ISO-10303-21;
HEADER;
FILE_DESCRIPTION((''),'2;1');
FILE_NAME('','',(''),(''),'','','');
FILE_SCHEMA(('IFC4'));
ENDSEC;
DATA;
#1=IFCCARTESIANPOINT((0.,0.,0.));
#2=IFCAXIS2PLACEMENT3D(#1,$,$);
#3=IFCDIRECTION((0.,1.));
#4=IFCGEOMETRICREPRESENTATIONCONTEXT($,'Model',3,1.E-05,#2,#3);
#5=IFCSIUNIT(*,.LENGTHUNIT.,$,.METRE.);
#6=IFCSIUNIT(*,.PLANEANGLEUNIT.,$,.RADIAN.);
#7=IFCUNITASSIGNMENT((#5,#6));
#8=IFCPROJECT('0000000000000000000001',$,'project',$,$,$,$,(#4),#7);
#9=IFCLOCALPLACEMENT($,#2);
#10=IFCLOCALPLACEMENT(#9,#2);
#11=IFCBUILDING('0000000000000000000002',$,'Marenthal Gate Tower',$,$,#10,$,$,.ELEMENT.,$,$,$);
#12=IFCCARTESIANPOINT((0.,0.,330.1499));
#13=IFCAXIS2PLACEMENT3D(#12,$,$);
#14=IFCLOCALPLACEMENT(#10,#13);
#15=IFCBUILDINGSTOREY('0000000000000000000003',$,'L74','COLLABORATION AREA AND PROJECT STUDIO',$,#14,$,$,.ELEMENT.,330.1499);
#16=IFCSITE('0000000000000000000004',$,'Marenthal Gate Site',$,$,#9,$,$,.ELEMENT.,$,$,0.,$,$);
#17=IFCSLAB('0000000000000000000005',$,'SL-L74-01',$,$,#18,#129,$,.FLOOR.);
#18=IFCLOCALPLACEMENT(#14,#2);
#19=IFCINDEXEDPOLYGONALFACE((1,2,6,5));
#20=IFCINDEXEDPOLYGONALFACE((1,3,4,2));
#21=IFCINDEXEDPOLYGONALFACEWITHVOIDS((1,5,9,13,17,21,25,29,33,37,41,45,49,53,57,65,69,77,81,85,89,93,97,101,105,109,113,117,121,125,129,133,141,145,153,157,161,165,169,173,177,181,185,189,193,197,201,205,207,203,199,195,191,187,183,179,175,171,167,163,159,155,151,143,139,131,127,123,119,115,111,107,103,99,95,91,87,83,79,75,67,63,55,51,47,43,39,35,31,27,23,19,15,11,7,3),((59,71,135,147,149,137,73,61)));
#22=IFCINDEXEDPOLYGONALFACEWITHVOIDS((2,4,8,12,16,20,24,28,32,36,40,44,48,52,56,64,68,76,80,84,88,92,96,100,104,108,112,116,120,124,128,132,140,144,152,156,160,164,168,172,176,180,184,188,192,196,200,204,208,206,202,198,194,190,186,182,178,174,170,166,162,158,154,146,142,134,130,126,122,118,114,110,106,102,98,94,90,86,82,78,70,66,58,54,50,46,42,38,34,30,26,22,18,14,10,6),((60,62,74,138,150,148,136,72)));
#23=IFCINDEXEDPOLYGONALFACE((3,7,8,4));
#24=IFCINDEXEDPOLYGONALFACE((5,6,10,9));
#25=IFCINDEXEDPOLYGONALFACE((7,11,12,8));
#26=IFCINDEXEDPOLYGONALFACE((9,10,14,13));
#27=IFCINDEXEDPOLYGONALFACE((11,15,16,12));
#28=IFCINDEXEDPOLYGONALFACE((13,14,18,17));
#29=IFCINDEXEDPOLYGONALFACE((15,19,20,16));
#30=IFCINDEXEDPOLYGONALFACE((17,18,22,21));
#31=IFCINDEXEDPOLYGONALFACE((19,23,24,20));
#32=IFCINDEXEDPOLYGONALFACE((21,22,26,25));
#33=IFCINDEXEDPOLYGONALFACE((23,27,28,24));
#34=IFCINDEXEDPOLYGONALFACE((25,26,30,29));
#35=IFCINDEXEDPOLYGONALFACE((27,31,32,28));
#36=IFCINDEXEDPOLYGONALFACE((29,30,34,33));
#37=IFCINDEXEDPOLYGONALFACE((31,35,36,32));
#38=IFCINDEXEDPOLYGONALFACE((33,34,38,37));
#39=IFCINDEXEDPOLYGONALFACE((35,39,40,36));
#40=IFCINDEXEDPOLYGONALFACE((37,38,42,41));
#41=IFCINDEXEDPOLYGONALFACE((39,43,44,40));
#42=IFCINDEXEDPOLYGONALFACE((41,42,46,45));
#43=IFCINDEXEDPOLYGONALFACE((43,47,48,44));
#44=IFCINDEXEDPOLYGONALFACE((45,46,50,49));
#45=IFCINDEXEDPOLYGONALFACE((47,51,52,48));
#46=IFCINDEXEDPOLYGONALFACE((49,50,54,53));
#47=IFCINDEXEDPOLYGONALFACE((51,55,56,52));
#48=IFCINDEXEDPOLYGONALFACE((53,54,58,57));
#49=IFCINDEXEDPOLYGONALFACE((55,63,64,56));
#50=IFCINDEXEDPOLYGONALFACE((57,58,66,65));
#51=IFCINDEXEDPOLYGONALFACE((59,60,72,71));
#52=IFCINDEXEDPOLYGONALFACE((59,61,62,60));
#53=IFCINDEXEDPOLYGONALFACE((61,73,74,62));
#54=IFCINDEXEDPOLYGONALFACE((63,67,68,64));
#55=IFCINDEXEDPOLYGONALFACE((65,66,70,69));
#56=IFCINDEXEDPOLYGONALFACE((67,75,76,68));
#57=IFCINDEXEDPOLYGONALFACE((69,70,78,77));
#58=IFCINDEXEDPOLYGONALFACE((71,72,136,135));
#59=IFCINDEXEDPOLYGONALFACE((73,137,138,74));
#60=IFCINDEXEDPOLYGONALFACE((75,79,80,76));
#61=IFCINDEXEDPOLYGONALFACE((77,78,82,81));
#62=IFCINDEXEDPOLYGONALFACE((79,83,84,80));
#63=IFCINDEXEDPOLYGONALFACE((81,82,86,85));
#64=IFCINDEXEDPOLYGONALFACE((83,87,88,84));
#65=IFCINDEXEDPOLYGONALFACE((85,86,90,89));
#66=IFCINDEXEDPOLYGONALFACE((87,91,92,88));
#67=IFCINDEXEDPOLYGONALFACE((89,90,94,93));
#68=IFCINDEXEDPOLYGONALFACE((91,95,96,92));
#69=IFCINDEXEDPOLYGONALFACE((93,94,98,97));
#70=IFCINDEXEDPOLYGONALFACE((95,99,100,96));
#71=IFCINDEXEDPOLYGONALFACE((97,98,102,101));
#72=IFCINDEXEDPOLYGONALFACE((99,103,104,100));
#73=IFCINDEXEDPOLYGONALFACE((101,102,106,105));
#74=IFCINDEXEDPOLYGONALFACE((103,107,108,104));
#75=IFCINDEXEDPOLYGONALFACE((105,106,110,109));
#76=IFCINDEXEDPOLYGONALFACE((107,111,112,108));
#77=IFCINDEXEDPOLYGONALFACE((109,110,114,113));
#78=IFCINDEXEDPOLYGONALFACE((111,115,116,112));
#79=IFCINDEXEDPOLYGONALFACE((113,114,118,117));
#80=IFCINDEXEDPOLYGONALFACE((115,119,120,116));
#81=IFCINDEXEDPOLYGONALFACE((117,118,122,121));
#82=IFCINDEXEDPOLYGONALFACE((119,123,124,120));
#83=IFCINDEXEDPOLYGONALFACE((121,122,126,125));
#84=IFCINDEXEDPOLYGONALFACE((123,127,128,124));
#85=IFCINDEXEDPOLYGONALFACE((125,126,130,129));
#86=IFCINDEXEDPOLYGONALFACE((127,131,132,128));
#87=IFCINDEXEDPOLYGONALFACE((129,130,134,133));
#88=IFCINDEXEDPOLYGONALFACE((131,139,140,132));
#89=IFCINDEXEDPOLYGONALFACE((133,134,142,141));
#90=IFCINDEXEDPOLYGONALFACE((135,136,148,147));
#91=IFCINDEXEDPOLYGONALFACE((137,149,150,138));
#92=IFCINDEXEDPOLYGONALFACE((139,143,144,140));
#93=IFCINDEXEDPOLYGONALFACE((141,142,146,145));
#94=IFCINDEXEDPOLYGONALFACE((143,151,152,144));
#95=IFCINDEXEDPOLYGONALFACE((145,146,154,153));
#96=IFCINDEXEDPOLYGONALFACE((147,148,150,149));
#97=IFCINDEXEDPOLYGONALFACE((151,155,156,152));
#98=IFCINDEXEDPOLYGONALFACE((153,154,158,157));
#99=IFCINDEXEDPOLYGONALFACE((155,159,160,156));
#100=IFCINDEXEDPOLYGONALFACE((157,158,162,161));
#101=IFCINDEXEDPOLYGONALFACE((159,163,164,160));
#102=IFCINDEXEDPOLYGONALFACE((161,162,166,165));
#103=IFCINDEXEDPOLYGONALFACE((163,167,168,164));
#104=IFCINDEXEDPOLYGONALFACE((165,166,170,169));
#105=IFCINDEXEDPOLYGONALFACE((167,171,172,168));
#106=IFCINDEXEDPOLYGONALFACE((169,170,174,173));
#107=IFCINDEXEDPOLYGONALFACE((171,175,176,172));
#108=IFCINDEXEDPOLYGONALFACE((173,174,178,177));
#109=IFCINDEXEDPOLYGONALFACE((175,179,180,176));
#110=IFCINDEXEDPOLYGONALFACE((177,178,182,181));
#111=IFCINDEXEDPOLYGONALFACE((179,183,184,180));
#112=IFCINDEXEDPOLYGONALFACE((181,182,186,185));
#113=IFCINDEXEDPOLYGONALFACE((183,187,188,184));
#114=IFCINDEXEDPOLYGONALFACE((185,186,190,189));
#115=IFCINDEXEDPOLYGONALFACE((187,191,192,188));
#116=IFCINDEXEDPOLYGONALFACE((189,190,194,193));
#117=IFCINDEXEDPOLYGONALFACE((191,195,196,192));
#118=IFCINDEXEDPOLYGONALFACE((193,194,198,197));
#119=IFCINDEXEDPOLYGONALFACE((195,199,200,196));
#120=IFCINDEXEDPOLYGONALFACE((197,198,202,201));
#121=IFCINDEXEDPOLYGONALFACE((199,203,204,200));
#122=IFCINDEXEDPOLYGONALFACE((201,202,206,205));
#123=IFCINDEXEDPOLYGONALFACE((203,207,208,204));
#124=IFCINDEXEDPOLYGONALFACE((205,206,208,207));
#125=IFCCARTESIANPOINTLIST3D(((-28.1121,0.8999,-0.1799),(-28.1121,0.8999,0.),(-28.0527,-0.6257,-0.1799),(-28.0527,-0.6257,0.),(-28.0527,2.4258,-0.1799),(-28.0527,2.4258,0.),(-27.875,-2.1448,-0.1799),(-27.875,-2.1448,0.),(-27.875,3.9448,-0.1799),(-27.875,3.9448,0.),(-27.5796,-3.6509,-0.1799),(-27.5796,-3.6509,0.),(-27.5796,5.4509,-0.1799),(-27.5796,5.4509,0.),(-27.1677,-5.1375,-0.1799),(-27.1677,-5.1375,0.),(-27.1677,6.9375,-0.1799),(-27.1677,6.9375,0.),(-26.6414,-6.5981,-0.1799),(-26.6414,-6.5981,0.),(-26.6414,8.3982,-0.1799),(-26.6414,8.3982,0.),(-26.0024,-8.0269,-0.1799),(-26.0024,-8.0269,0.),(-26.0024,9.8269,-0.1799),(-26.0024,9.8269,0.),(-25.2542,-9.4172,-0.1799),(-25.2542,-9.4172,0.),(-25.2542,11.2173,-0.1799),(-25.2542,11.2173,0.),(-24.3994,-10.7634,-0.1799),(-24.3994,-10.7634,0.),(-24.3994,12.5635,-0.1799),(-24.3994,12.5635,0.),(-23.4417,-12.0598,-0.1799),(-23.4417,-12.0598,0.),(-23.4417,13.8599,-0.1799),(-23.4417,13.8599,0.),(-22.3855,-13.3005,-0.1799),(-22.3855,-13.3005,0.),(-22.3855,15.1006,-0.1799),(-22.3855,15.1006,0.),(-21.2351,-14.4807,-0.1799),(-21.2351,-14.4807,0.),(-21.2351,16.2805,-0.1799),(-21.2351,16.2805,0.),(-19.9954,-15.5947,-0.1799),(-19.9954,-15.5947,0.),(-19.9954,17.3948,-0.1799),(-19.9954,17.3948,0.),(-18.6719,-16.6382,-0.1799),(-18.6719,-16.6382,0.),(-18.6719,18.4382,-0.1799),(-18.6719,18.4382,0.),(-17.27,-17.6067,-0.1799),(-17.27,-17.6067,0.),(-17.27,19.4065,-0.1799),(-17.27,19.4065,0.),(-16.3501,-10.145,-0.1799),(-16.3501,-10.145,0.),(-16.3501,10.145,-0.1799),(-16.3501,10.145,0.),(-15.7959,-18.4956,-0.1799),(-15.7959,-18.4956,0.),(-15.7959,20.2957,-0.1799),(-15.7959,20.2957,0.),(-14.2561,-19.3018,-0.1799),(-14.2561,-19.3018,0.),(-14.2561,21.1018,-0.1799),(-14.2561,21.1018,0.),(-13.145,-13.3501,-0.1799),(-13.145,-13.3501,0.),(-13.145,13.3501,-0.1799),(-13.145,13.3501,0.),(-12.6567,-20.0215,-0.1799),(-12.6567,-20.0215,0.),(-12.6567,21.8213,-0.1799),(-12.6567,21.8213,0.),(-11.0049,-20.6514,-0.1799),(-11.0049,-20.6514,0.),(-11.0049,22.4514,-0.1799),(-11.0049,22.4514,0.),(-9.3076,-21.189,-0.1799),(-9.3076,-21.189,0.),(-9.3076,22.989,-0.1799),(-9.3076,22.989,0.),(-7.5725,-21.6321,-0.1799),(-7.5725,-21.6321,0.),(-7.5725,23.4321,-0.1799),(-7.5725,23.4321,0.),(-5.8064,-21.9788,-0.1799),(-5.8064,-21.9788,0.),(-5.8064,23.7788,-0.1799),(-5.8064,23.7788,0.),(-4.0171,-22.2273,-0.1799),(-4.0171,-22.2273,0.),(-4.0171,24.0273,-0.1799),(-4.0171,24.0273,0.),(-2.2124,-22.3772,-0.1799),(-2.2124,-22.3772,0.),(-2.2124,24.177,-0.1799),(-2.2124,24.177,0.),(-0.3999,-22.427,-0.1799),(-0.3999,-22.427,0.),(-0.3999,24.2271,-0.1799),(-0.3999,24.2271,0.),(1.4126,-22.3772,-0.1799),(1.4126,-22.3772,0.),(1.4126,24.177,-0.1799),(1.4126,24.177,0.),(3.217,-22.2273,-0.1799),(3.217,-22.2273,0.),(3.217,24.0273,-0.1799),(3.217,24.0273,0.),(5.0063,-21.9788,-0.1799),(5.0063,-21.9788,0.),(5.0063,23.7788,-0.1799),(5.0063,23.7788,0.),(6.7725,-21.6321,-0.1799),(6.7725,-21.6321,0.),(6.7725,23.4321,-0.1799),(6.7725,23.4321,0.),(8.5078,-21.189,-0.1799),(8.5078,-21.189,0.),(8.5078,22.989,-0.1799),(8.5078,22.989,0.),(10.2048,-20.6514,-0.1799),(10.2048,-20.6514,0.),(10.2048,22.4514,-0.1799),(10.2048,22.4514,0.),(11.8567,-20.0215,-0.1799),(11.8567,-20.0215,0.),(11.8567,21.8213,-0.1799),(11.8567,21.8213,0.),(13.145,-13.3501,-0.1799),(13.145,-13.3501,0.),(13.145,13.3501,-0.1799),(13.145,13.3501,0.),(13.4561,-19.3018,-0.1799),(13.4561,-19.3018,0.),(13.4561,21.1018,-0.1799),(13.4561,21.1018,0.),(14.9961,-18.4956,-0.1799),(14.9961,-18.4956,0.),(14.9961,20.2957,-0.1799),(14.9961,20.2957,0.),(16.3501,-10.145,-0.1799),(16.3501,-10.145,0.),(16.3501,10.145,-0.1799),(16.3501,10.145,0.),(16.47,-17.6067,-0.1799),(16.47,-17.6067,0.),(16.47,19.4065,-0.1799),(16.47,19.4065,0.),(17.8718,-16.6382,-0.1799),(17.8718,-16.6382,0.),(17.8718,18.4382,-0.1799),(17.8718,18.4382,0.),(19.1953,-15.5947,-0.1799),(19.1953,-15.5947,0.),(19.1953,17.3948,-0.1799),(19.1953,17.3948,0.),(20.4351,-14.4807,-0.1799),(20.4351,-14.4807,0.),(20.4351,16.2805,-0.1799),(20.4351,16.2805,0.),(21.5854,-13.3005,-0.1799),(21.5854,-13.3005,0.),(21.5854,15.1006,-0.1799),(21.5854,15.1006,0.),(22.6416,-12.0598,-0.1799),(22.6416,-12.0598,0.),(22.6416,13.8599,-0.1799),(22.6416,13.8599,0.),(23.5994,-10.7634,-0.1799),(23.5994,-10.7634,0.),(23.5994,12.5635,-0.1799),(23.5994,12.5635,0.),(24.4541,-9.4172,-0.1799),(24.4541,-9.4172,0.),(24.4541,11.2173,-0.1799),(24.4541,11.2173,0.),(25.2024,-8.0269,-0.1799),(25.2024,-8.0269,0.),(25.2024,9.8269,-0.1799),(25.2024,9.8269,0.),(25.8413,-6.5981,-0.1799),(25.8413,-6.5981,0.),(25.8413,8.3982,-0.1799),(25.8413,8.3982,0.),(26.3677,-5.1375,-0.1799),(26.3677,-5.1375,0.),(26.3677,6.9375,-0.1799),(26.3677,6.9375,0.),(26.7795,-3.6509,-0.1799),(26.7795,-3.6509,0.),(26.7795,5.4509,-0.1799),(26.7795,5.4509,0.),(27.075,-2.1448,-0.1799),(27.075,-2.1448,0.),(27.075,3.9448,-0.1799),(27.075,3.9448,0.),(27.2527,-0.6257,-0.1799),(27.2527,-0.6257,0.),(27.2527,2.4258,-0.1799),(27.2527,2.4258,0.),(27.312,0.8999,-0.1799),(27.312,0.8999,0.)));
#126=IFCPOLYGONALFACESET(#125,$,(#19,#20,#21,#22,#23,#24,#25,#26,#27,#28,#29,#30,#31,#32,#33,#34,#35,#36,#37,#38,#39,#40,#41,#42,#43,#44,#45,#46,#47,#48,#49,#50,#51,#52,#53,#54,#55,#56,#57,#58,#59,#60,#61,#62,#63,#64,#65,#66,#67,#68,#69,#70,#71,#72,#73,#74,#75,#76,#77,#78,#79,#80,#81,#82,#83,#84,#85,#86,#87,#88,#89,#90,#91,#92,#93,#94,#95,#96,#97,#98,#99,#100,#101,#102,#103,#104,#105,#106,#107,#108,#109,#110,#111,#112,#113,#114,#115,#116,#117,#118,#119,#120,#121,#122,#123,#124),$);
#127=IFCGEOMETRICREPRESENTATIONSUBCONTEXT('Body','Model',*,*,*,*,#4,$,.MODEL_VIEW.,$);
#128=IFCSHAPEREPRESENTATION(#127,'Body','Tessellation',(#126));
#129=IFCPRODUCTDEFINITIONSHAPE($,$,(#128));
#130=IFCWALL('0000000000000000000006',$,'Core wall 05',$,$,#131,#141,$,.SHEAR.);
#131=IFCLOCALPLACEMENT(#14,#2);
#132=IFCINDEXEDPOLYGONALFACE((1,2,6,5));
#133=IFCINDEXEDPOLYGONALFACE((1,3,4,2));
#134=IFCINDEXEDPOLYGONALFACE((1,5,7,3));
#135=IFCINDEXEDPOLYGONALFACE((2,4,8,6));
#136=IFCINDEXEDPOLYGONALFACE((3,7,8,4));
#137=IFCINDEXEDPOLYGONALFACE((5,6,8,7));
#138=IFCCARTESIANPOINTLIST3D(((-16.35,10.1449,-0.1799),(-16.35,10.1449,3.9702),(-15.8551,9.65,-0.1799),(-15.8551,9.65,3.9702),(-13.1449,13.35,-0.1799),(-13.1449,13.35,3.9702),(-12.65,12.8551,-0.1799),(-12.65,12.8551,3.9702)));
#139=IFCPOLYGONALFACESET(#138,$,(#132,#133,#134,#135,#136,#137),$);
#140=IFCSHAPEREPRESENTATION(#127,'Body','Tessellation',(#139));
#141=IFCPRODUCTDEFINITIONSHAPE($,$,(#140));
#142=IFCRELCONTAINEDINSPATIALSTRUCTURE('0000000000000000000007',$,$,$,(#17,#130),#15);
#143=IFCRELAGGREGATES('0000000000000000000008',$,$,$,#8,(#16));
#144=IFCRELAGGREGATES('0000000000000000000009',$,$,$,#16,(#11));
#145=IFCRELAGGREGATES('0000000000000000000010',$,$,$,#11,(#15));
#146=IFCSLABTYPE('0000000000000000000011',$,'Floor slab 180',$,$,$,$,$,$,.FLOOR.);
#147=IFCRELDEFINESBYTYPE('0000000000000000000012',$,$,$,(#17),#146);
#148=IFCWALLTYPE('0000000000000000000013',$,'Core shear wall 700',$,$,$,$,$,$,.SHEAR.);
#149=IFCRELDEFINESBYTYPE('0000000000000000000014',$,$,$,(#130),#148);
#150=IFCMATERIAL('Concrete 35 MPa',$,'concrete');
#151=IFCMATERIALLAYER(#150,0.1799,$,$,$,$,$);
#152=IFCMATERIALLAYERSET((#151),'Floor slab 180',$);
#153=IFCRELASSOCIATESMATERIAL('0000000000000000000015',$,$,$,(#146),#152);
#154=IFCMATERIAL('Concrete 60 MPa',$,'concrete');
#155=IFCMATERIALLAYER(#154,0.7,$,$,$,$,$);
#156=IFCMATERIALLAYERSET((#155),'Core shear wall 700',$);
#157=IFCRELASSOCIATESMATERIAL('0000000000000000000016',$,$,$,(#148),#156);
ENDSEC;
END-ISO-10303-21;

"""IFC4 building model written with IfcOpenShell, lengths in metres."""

from ifc_helpers import new_model, si_unit, direction, frame, frame_2d, origin, place, context, subcontext, project, spatial, polyline, rectangle, outline, extrude, material, layer, layer_set, type_object, element, save


model = new_model("IFC4")

# Units and contexts
model_context = context("Model", 3, precision=1e-05, world=origin(), true_north=direction((0.0, 1.0)))
body_context = subcontext(model_context, "Body", "Model", "MODEL_VIEW")
ifc_project = project(units=[si_unit("LENGTHUNIT", "METRE"), si_unit("PLANEANGLEUNIT", "RADIAN")], contexts=[model_context])

# Site, building, storey
site_placement = place(None, origin())
site = spatial("IfcSite", under=ifc_project, at=site_placement, Name="Marenthal Gate Site", CompositionType="ELEMENT", RefElevation=0.0)
building_placement = place(site_placement, origin())
building = spatial("IfcBuilding", under=site, at=building_placement, Name="Marenthal Gate Tower", CompositionType="ELEMENT")
storey_placement = place(building_placement, frame((0.0, 0.0, 330.1499)))
storey = spatial("IfcBuildingStorey", under=building, at=storey_placement, Name="L74", Description="COLLABORATION AREA AND PROJECT STUDIO", CompositionType="ELEMENT", Elevation=330.1499)

# Slab
ifc_material_1 = material(Name="Concrete 35 MPa", Category="concrete")
ifc_layer_1 = layer(ifc_material_1, 0.1799)
ifc_layer_set_1 = layer_set([ifc_layer_1], Name="Floor slab 180")
slab_type_1 = type_object("IfcSlabType", Name="Floor slab 180", PredefinedType="FLOOR", material=ifc_layer_set_1)
slab_1_placement = place(storey_placement, frame((0.0, 0.0, -0.1799)))
element("IfcSlab", 1, at=slab_1_placement, inside=storey, type_object=slab_type_1, Name="SL-L74-01", PredefinedType="FLOOR", context=body_context, shape_type="SweptSolid", body=[
    extrude(outline(polyline([(27.312, 0.8999), (27.2527, 2.4258), (27.075, 3.9448), (26.7795, 5.4509), (26.3677, 6.9375), (25.8413, 8.3982), (25.2024, 9.8269), (24.4541, 11.2173), (23.5994, 12.5635), (22.6416, 13.8599), (21.5854, 15.1006), (20.4351, 16.2805), (19.1953, 17.3948), (17.8718, 18.4382), (16.47, 19.4065), (14.9961, 20.2957), (13.4561, 21.1018), (11.8567, 21.8213), (10.2048, 22.4514), (8.5078, 22.989), (6.7725, 23.4321), (5.0063, 23.7788), (3.217, 24.0273), (1.4126, 24.177), (-0.3999, 24.2271), (-2.2124, 24.177), (-4.0171, 24.0273), (-5.8064, 23.7788), (-7.5725, 23.4321), (-9.3076, 22.989), (-11.0049, 22.4514), (-12.6567, 21.8213), (-14.2561, 21.1018), (-15.7959, 20.2957), (-17.27, 19.4065), (-18.6719, 18.4382), (-19.9954, 17.3948), (-21.2351, 16.2805), (-22.3855, 15.1006), (-23.4417, 13.8599), (-24.3994, 12.5635), (-25.2542, 11.2173), (-26.0024, 9.8269), (-26.6414, 8.3982), (-27.1677, 6.9375), (-27.5796, 5.4509), (-27.875, 3.9448), (-28.0527, 2.4258), (-28.1121, 0.8999), (-28.0527, -0.6257), (-27.875, -2.1448), (-27.5796, -3.6509), (-27.1677, -5.1375), (-26.6414, -6.5981), (-26.0024, -8.0269), (-25.2542, -9.4172), (-24.3994, -10.7634), (-23.4417, -12.0598), (-22.3855, -13.3005), (-21.2351, -14.4807), (-19.9954, -15.5947), (-18.6719, -16.6382), (-17.27, -17.6067), (-15.7959, -18.4956), (-14.2561, -19.3018), (-12.6567, -20.0215), (-11.0049, -20.6514), (-9.3076, -21.189), (-7.5725, -21.6321), (-5.8064, -21.9788), (-4.0171, -22.2273), (-2.2124, -22.3772), (-0.3999, -22.427), (1.4126, -22.3772), (3.217, -22.2273), (5.0063, -21.9788), (6.7725, -21.6321), (8.5078, -21.189), (10.2048, -20.6514), (11.8567, -20.0215), (13.4561, -19.3018), (14.9961, -18.4956), (16.47, -17.6067), (17.8718, -16.6382), (19.1953, -15.5947), (20.4351, -14.4807), (21.5854, -13.3005), (22.6416, -12.0598), (23.5994, -10.7634), (24.4541, -9.4172), (25.2024, -8.0269), (25.8413, -6.5981), (26.3677, -5.1375), (26.7795, -3.6509), (27.075, -2.1448), (27.2527, -0.6257), (27.312, 0.8999)]), holes=[polyline([(13.145, -13.3501), (16.3501, -10.145), (16.3501, 10.145), (13.145, 13.3501), (-13.145, 13.3501), (-16.3501, 10.145), (-16.3501, -10.145), (-13.145, -13.3501), (13.145, -13.3501)])]), origin(), (0.0, 0.0, 1.0), 0.1799),
])

# Wall
ifc_material_2 = material(Name="Concrete 60 MPa", Category="concrete")
ifc_layer_2 = layer(ifc_material_2, 0.7)
ifc_layer_set_2 = layer_set([ifc_layer_2], Name="Core shear wall 700")
wall_type_1 = type_object("IfcWallType", Name="Core shear wall 700", PredefinedType="SHEAR", material=ifc_layer_set_2)
wall_1_placement = place(storey_placement, frame((-12.8975, 13.1025, -0.1799), z_axis=(0.0, 0.0, 1.0), x_axis=(-0.707107, -0.707107, 0.0)))
element("IfcWall", 2, at=wall_1_placement, inside=storey, type_object=wall_type_1, Name="Core wall 05", PredefinedType="SHEAR", context=body_context, shape_type="SweptSolid", body=[
    extrude(rectangle(XDim=4.5327, YDim=0.7, at=frame_2d((2.2664, 0.0))), origin(), (0.0, 0.0, 1.0), 4.1501),
])

save(model, "model.ifc")
